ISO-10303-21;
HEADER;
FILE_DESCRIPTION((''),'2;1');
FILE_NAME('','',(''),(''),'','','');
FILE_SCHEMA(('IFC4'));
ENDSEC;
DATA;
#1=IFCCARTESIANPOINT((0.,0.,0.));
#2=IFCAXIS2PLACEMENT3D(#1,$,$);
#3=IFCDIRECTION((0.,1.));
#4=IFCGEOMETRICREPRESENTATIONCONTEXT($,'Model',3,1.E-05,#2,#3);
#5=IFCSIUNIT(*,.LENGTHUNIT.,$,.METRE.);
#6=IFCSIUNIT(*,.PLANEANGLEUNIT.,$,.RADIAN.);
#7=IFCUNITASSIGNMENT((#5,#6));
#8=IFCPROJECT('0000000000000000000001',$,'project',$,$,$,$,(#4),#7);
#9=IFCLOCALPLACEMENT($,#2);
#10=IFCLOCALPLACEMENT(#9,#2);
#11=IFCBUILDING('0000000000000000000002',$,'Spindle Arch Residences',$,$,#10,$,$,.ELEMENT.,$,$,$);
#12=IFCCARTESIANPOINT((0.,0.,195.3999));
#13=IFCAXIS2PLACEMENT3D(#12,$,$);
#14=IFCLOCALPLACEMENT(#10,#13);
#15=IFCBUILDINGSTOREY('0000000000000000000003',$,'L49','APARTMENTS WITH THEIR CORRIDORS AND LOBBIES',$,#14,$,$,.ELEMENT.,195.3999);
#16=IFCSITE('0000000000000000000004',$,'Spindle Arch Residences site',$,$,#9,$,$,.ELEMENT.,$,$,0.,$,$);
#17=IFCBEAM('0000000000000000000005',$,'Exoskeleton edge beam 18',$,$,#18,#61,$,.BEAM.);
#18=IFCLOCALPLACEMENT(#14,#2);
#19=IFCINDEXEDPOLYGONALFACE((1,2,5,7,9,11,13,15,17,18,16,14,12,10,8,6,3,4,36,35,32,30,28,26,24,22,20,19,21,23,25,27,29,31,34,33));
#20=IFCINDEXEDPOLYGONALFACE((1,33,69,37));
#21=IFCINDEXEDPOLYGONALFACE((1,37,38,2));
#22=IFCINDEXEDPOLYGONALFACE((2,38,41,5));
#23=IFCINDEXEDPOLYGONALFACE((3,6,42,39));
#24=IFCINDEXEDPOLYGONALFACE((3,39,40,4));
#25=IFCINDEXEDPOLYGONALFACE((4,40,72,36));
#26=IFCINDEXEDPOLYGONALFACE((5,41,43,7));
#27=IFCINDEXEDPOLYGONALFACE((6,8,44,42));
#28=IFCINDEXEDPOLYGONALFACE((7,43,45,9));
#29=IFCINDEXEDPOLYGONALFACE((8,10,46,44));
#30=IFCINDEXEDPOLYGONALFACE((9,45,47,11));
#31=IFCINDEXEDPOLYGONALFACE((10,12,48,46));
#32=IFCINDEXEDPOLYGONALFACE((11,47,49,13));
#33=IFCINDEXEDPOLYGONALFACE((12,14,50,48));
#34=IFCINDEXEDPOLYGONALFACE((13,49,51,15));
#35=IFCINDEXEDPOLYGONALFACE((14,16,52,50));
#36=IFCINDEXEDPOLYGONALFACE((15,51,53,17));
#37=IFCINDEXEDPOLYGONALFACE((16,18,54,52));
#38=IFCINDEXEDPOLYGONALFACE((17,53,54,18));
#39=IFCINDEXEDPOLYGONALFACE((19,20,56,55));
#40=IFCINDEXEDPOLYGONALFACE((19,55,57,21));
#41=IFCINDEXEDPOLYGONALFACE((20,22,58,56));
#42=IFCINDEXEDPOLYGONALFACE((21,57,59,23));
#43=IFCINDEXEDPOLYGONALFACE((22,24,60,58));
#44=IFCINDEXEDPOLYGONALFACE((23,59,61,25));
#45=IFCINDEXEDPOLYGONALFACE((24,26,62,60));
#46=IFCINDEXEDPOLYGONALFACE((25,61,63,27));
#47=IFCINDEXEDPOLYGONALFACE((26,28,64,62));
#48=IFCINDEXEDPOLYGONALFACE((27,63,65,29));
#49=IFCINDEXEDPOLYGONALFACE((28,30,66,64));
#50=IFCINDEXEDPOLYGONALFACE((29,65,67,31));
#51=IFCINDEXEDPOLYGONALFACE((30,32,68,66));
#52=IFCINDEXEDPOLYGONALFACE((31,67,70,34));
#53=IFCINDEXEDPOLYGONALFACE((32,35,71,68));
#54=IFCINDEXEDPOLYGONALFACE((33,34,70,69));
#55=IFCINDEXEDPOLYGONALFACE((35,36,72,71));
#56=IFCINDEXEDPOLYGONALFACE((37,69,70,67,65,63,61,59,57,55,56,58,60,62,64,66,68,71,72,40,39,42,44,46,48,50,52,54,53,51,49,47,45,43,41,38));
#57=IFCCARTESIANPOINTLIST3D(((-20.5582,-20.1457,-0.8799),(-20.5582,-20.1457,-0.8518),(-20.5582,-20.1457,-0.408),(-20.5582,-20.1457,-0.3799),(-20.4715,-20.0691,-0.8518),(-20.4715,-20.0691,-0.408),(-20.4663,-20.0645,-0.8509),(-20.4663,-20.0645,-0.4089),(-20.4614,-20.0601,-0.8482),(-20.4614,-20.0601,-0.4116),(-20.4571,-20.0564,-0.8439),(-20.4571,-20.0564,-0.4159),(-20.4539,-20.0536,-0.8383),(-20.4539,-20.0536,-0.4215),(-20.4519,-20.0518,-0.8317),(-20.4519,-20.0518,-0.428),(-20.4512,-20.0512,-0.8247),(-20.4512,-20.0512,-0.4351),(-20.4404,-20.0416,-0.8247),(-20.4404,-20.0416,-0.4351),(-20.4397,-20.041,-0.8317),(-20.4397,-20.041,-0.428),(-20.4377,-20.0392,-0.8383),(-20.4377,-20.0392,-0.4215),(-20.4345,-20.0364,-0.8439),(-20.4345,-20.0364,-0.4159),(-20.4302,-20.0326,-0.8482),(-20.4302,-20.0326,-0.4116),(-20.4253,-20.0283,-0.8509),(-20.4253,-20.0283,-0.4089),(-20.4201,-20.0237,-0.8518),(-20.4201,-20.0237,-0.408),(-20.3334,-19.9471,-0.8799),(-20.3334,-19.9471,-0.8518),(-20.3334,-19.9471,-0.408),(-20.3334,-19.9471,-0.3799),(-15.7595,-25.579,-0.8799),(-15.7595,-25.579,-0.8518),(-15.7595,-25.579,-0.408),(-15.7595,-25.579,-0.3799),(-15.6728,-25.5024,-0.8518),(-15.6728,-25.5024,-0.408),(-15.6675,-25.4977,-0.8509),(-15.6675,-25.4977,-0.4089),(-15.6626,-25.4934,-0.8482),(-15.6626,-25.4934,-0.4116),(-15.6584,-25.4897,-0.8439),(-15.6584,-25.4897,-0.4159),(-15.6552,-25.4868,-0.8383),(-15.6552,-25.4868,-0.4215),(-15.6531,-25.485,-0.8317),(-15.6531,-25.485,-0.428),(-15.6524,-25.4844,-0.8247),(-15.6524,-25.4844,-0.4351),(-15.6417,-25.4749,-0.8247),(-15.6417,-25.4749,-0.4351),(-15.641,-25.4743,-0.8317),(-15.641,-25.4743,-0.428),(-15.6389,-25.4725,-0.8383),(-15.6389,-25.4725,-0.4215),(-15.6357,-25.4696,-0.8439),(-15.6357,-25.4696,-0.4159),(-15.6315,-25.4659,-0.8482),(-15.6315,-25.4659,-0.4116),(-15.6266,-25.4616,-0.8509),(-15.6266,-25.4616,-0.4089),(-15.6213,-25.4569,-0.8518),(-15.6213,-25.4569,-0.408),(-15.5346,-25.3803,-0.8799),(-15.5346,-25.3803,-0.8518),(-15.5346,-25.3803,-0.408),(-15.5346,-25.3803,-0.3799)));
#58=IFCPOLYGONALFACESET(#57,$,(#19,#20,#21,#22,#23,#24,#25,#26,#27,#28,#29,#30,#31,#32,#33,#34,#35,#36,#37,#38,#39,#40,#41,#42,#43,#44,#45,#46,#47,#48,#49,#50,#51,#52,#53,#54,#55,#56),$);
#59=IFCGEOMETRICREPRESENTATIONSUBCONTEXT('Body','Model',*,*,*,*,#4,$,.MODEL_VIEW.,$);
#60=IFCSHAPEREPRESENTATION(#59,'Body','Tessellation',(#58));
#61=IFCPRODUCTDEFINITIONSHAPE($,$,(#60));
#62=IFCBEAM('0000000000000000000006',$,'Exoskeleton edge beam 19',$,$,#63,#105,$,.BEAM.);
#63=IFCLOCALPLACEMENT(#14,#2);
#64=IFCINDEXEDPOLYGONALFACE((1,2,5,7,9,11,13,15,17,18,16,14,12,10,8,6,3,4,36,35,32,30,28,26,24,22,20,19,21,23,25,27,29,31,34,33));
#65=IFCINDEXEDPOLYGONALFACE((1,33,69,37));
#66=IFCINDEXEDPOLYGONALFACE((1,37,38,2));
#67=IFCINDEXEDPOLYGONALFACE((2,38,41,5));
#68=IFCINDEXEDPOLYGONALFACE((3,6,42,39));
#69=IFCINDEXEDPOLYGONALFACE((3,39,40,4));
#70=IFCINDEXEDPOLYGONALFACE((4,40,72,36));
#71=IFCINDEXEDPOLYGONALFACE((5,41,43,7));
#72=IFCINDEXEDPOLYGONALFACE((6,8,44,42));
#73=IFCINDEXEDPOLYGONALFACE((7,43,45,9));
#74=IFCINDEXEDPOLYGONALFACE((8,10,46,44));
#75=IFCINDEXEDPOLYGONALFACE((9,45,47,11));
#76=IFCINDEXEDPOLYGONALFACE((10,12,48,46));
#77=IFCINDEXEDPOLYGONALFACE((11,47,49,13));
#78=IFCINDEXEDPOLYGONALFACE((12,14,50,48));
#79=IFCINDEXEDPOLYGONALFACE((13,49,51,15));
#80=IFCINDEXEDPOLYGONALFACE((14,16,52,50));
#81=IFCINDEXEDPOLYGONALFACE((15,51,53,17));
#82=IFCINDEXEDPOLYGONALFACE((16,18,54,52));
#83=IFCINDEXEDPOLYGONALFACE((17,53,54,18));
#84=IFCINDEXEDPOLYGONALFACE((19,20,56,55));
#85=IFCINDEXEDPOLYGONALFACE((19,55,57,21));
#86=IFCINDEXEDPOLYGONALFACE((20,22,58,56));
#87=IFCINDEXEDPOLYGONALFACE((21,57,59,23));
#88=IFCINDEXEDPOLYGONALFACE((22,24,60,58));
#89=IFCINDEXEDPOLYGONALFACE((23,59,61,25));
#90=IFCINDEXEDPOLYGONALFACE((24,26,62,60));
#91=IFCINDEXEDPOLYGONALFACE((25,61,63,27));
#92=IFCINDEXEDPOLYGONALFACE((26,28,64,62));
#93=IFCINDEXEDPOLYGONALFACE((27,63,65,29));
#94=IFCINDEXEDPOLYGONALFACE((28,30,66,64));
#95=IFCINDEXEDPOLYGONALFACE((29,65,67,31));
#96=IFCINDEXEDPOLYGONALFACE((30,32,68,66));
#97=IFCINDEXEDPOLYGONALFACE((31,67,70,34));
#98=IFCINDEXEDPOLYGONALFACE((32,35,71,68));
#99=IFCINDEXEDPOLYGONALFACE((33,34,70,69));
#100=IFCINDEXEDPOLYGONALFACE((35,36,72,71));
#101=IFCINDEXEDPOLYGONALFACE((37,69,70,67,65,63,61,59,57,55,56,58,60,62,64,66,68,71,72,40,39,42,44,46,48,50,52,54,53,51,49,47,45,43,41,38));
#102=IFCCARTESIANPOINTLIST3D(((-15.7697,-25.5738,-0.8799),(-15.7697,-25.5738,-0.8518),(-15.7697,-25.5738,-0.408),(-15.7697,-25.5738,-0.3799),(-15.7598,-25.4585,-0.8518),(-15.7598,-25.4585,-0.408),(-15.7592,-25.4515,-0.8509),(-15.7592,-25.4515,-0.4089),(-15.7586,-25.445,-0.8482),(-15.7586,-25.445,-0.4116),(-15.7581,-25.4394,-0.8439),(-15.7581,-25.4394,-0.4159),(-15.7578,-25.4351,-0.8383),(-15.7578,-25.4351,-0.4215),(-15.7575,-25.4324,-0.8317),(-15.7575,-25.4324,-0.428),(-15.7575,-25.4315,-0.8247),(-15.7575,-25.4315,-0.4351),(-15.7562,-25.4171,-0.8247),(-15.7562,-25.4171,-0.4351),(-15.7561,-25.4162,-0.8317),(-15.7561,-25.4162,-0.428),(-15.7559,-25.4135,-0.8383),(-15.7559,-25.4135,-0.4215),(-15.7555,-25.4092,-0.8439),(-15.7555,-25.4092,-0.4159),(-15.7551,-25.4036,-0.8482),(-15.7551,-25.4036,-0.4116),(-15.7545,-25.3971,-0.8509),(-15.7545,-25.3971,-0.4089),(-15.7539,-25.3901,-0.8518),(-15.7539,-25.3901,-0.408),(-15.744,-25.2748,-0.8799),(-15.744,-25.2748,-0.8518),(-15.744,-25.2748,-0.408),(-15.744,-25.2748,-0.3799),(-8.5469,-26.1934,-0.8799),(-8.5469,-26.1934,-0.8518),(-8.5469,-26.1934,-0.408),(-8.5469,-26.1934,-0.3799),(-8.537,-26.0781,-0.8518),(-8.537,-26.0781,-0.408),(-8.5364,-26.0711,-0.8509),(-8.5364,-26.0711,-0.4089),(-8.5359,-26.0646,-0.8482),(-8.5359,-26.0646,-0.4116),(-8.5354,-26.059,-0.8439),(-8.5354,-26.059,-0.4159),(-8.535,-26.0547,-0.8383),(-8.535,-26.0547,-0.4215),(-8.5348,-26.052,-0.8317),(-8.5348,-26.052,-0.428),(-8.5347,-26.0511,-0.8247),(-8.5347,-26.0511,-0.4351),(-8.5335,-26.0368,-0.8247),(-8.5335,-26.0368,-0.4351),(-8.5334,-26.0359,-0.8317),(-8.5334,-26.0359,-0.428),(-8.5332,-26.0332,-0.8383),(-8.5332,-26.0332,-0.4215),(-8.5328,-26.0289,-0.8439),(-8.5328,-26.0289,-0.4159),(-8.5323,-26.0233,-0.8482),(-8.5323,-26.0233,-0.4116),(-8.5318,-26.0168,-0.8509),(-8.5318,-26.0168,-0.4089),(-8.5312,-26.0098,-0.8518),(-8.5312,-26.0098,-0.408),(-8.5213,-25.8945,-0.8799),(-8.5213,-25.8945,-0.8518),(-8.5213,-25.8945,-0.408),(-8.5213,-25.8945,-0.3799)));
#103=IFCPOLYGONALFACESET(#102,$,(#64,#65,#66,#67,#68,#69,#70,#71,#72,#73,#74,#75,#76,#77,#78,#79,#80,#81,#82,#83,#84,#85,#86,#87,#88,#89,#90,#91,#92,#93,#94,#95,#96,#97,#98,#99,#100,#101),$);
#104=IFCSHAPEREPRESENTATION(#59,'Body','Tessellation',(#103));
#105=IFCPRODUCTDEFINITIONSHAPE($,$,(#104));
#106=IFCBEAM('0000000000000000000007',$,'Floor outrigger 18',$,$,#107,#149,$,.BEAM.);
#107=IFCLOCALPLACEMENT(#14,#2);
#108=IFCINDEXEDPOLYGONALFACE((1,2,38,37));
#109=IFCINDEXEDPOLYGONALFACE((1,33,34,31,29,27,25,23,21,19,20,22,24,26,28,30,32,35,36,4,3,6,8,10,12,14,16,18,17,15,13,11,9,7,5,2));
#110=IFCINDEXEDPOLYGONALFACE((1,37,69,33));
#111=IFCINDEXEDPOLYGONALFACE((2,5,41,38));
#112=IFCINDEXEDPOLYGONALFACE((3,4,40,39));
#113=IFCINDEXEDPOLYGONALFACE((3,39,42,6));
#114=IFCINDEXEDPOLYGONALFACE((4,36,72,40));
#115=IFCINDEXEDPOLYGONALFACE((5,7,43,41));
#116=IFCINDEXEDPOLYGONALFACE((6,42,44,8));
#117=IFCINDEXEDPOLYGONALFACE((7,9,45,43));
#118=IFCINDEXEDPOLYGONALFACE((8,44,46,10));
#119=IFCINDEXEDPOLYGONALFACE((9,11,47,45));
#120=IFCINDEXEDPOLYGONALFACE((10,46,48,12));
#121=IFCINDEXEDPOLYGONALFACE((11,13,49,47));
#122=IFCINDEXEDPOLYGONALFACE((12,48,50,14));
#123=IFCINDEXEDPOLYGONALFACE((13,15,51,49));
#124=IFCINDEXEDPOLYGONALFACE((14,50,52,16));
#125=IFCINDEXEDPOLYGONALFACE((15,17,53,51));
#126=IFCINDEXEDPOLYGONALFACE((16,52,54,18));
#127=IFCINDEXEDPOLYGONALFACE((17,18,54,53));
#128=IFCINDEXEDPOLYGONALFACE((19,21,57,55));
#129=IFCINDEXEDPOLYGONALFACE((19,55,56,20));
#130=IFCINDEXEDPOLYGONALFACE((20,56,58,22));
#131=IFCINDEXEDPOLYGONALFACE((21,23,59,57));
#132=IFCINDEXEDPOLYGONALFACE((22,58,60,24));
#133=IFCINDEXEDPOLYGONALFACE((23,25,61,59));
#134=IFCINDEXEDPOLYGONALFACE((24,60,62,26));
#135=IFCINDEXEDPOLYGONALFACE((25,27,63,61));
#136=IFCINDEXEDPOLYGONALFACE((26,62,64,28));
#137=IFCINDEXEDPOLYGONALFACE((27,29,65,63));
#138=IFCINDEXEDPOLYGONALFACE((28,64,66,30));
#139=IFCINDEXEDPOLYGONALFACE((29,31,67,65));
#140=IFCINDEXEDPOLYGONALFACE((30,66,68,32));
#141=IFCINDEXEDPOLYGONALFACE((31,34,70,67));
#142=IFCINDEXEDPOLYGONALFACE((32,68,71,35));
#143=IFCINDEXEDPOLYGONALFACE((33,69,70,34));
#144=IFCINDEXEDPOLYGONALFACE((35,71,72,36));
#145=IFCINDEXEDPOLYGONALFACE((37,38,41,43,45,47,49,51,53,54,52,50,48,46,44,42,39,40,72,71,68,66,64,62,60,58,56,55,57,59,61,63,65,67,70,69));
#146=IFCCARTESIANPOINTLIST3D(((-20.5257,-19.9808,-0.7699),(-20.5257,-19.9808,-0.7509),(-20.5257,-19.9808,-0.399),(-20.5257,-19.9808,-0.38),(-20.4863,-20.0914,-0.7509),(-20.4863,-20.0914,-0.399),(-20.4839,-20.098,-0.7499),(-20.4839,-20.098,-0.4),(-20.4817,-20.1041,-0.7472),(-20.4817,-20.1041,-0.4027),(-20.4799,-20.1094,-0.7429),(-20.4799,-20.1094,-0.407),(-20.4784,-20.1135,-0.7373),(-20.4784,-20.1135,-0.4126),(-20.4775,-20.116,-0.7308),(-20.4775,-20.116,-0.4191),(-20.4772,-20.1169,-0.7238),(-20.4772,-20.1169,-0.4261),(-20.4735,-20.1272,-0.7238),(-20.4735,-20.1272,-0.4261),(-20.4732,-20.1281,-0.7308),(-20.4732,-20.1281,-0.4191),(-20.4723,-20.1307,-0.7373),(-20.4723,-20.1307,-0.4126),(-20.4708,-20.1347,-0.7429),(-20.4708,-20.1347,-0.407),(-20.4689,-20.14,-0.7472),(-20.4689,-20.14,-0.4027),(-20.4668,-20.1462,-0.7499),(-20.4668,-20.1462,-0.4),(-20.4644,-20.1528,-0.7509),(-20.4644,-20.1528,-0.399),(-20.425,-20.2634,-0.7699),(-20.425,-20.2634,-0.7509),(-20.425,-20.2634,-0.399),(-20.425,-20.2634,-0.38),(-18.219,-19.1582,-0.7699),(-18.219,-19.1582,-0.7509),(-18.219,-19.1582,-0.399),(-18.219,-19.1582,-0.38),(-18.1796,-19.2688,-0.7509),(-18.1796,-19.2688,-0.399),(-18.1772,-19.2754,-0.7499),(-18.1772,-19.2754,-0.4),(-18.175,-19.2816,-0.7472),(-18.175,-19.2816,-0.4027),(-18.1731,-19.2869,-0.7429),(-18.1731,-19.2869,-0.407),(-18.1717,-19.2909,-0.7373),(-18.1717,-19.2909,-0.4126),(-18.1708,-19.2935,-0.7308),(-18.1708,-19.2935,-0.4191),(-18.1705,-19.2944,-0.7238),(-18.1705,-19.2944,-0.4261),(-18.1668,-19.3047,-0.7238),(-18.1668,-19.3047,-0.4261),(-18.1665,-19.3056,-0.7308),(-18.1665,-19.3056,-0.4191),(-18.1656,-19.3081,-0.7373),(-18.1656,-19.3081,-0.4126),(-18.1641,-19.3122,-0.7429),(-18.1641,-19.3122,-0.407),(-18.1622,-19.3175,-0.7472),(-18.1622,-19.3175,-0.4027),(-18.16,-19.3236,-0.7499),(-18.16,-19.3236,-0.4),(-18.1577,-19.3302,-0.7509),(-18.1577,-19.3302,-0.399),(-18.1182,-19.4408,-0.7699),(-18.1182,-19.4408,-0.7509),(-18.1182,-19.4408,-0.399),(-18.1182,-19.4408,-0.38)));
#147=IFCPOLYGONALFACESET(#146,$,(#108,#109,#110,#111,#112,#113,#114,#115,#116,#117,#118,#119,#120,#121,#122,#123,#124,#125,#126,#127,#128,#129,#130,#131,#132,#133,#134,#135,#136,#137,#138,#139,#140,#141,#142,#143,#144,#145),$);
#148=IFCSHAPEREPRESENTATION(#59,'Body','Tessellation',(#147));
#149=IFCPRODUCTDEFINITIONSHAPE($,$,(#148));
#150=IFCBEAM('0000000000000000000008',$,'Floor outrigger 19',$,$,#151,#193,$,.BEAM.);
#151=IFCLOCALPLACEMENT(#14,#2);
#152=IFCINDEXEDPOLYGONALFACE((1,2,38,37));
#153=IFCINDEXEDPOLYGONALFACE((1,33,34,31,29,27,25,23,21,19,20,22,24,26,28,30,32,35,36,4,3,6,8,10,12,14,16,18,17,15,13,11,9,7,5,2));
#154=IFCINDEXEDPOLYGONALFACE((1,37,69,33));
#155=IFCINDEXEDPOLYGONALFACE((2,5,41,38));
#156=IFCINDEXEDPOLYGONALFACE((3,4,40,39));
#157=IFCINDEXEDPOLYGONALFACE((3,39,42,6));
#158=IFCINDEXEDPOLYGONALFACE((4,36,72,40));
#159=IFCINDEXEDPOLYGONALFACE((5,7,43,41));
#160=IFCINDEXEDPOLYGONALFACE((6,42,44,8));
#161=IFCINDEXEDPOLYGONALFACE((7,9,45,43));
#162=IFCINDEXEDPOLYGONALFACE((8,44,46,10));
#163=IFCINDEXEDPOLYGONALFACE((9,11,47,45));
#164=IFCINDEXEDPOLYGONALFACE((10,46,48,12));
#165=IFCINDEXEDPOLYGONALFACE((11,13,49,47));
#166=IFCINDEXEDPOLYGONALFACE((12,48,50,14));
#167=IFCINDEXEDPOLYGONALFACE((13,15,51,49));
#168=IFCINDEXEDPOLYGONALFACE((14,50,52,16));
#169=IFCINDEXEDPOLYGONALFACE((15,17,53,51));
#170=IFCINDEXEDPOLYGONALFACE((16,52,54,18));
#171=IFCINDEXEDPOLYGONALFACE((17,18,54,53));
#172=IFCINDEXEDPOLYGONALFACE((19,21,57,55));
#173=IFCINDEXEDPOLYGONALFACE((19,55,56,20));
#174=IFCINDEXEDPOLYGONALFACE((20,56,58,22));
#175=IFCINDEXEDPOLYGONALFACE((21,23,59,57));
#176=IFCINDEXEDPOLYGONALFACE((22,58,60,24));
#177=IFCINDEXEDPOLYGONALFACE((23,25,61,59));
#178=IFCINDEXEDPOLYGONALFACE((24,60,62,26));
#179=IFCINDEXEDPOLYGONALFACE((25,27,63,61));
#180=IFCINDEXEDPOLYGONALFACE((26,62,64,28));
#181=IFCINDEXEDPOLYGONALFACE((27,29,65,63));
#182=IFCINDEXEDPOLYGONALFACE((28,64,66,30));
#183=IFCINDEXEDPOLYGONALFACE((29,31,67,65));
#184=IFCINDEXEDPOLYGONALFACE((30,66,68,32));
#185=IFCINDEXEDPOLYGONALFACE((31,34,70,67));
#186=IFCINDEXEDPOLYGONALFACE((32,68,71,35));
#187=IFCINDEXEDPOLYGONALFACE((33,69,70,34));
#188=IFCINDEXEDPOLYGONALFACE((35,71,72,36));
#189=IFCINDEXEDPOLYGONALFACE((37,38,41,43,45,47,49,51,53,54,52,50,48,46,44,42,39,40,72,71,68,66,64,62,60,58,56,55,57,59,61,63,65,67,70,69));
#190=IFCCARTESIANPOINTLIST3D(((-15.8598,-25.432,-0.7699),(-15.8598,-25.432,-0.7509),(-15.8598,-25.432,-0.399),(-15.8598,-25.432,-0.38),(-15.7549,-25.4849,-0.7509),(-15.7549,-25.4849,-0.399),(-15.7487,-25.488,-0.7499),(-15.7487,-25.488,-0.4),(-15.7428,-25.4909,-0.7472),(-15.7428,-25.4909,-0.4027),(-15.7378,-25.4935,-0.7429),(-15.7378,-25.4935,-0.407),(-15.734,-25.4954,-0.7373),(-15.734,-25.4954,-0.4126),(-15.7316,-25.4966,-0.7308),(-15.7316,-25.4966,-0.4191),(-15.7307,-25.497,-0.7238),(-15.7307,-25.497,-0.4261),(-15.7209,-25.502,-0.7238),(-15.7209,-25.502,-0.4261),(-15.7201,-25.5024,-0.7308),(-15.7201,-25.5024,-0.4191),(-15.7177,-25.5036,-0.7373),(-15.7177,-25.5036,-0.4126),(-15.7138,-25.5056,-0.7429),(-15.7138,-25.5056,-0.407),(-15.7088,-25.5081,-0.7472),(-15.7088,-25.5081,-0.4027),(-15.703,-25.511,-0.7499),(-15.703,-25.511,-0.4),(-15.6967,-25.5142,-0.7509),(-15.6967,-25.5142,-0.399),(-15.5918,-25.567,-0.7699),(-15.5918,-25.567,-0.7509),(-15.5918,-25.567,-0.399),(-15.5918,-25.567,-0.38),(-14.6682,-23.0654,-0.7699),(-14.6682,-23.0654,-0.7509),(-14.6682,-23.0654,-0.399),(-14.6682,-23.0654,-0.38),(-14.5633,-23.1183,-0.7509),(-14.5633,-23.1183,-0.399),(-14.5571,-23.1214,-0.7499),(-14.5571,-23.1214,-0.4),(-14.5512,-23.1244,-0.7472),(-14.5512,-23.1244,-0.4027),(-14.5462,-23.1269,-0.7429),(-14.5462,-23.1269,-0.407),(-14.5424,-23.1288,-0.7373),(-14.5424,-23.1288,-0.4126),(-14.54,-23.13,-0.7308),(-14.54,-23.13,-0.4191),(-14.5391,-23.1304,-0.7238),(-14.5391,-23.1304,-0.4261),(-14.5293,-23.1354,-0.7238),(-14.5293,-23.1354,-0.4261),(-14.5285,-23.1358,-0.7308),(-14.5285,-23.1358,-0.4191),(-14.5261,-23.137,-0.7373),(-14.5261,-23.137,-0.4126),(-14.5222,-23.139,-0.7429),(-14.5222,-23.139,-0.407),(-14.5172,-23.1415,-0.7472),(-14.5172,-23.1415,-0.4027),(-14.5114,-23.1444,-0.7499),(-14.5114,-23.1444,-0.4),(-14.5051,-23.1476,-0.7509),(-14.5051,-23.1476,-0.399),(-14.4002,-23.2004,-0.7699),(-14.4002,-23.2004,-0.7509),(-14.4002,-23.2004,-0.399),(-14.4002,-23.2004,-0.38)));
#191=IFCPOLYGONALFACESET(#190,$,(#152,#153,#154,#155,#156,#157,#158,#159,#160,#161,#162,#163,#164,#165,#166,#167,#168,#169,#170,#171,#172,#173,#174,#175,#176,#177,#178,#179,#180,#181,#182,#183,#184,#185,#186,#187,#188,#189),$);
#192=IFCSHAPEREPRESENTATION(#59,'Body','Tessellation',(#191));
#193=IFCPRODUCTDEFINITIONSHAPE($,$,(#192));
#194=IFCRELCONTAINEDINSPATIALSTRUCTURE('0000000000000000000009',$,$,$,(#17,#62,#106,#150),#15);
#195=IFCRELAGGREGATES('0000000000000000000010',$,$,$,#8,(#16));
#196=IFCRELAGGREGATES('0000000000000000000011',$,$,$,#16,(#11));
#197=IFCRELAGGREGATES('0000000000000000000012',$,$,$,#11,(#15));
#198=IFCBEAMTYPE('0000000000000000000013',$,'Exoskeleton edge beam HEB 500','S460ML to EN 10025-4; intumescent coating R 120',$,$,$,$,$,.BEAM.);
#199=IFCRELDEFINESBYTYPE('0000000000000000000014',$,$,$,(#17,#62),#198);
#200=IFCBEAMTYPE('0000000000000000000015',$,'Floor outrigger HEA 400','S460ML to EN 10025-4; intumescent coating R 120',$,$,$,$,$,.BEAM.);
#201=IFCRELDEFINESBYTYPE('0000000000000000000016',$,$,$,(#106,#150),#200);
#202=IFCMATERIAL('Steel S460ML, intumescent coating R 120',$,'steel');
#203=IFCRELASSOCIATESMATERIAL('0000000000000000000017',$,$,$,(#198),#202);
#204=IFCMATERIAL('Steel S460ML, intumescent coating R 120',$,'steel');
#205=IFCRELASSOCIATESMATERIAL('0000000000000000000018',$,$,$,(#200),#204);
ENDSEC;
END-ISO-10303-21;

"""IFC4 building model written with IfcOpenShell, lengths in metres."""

from ifc_helpers import new_model, si_unit, direction, frame, origin, origin_2d, place, context, subcontext, project, spatial, i_section, extrude, material, material_profile, profile_set, type_object, element, save


model = new_model("IFC4")

# Units and contexts
model_context = context("Model", 3, precision=1e-05, world=origin(), true_north=direction((0.0, 1.0)))
body_context = subcontext(model_context, "Body", "Model", "MODEL_VIEW")
ifc_project = project(units=[si_unit("LENGTHUNIT", "METRE"), si_unit("PLANEANGLEUNIT", "RADIAN")], contexts=[model_context])

# Site, building, storey
site_placement = place(None, origin())
site = spatial("IfcSite", under=ifc_project, at=site_placement, Name="Spindle Arch Residences site", CompositionType="ELEMENT", RefElevation=0.0)
building_placement = place(site_placement, origin())
building = spatial("IfcBuilding", under=site, at=building_placement, Name="Spindle Arch Residences", CompositionType="ELEMENT")
storey_placement = place(building_placement, frame((0.0, 0.0, 195.3999)))
storey = spatial("IfcBuildingStorey", under=building, at=storey_placement, Name="L49", Description="APARTMENTS WITH THEIR CORRIDORS AND LOBBIES", CompositionType="ELEMENT", Elevation=195.3999)

# Beams
ifc_material_1 = material(Name="Steel S460ML, intumescent coating R 120", Category="steel")
ifc_material_profile_1 = material_profile(ifc_material_1, i_section(OverallWidth=0.3, OverallDepth=0.5, WebThickness=0.0144, FlangeThickness=0.0281, FilletRadius=0.0271, at=origin_2d()), Name="HEB 500")
ifc_profile_set_1 = profile_set([ifc_material_profile_1], Name="Steel S460ML, intumescent coating R 120")
beam_type_1 = type_object("IfcBeamType", Name="Exoskeleton edge beam HEB 500", Description="S460ML to EN 10025-4; intumescent coating R 120", PredefinedType="BEAM", material=ifc_profile_set_1)
beam_1_placement = place(storey_placement, frame((-20.4458, -20.0464, -0.6299), z_axis=(0.661986, -0.749516, 0.0), x_axis=(0.749516, 0.661986, 0.0)))
element("IfcBeam", 1, at=beam_1_placement, inside=storey, type_object=beam_type_1, Name="Exoskeleton edge beam 18", PredefinedType="BEAM", context=body_context, shape_type="SweptSolid", body=[
    extrude(i_section(OverallWidth=0.3, OverallDepth=0.5, WebThickness=0.0144, FlangeThickness=0.0281, FilletRadius=0.0271, at=origin_2d()), origin(), (0.0, 0.0, 1.0), 7.249),
])
beam_2_placement = place(storey_placement, frame((-15.7568, -25.4243, -0.6299), z_axis=(0.99634, -0.085476, 0.0), x_axis=(0.085476, 0.99634, 0.0)))
element("IfcBeam", 2, at=beam_2_placement, inside=storey, type_object=beam_type_1, Name="Exoskeleton edge beam 19", PredefinedType="BEAM", context=body_context, shape_type="SweptSolid", body=[
    extrude(i_section(OverallWidth=0.3, OverallDepth=0.5, WebThickness=0.0144, FlangeThickness=0.0281, FilletRadius=0.0271, at=origin_2d()), origin(), (0.0, 0.0, 1.0), 7.2493),
])
ifc_material_2 = material(Name="Steel S460ML, intumescent coating R 120", Category="steel")
ifc_material_profile_2 = material_profile(ifc_material_2, i_section(OverallWidth=0.3, OverallDepth=0.3899, WebThickness=0.011, FlangeThickness=0.019, FilletRadius=0.0271, at=origin_2d()), Name="HEA 400")
ifc_profile_set_2 = profile_set([ifc_material_profile_2], Name="Steel S460ML, intumescent coating R 120")
beam_type_2 = type_object("IfcBeamType", Name="Floor outrigger HEA 400", Description="S460ML to EN 10025-4; intumescent coating R 120", PredefinedType="BEAM", material=ifc_profile_set_2)
beam_3_placement = place(storey_placement, frame((-20.4753, -20.1221, -0.575), z_axis=(0.941909, 0.335869, 0.0), x_axis=(-0.335869, 0.941909, 0.0)))
element("IfcBeam", 3, at=beam_3_placement, inside=storey, type_object=beam_type_2, Name="Floor outrigger 18", PredefinedType="BEAM", context=body_context, shape_type="SweptSolid", body=[
    extrude(i_section(OverallWidth=0.3, OverallDepth=0.3899, WebThickness=0.011, FlangeThickness=0.019, FilletRadius=0.0271, at=origin_2d()), origin(), (0.0, 0.0, 1.0), 2.449),
])
beam_4_placement = place(storey_placement, frame((-15.7258, -25.4995, -0.575), z_axis=(0.449718, 0.893171, 0.0), x_axis=(-0.893171, 0.449718, 0.0)))
element("IfcBeam", 4, at=beam_4_placement, inside=storey, type_object=beam_type_2, Name="Floor outrigger 19", PredefinedType="BEAM", context=body_context, shape_type="SweptSolid", body=[
    extrude(i_section(OverallWidth=0.3, OverallDepth=0.3899, WebThickness=0.011, FlangeThickness=0.019, FilletRadius=0.0271, at=origin_2d()), origin(), (0.0, 0.0, 1.0), 2.6497),
])

save(model, "model.ifc")
